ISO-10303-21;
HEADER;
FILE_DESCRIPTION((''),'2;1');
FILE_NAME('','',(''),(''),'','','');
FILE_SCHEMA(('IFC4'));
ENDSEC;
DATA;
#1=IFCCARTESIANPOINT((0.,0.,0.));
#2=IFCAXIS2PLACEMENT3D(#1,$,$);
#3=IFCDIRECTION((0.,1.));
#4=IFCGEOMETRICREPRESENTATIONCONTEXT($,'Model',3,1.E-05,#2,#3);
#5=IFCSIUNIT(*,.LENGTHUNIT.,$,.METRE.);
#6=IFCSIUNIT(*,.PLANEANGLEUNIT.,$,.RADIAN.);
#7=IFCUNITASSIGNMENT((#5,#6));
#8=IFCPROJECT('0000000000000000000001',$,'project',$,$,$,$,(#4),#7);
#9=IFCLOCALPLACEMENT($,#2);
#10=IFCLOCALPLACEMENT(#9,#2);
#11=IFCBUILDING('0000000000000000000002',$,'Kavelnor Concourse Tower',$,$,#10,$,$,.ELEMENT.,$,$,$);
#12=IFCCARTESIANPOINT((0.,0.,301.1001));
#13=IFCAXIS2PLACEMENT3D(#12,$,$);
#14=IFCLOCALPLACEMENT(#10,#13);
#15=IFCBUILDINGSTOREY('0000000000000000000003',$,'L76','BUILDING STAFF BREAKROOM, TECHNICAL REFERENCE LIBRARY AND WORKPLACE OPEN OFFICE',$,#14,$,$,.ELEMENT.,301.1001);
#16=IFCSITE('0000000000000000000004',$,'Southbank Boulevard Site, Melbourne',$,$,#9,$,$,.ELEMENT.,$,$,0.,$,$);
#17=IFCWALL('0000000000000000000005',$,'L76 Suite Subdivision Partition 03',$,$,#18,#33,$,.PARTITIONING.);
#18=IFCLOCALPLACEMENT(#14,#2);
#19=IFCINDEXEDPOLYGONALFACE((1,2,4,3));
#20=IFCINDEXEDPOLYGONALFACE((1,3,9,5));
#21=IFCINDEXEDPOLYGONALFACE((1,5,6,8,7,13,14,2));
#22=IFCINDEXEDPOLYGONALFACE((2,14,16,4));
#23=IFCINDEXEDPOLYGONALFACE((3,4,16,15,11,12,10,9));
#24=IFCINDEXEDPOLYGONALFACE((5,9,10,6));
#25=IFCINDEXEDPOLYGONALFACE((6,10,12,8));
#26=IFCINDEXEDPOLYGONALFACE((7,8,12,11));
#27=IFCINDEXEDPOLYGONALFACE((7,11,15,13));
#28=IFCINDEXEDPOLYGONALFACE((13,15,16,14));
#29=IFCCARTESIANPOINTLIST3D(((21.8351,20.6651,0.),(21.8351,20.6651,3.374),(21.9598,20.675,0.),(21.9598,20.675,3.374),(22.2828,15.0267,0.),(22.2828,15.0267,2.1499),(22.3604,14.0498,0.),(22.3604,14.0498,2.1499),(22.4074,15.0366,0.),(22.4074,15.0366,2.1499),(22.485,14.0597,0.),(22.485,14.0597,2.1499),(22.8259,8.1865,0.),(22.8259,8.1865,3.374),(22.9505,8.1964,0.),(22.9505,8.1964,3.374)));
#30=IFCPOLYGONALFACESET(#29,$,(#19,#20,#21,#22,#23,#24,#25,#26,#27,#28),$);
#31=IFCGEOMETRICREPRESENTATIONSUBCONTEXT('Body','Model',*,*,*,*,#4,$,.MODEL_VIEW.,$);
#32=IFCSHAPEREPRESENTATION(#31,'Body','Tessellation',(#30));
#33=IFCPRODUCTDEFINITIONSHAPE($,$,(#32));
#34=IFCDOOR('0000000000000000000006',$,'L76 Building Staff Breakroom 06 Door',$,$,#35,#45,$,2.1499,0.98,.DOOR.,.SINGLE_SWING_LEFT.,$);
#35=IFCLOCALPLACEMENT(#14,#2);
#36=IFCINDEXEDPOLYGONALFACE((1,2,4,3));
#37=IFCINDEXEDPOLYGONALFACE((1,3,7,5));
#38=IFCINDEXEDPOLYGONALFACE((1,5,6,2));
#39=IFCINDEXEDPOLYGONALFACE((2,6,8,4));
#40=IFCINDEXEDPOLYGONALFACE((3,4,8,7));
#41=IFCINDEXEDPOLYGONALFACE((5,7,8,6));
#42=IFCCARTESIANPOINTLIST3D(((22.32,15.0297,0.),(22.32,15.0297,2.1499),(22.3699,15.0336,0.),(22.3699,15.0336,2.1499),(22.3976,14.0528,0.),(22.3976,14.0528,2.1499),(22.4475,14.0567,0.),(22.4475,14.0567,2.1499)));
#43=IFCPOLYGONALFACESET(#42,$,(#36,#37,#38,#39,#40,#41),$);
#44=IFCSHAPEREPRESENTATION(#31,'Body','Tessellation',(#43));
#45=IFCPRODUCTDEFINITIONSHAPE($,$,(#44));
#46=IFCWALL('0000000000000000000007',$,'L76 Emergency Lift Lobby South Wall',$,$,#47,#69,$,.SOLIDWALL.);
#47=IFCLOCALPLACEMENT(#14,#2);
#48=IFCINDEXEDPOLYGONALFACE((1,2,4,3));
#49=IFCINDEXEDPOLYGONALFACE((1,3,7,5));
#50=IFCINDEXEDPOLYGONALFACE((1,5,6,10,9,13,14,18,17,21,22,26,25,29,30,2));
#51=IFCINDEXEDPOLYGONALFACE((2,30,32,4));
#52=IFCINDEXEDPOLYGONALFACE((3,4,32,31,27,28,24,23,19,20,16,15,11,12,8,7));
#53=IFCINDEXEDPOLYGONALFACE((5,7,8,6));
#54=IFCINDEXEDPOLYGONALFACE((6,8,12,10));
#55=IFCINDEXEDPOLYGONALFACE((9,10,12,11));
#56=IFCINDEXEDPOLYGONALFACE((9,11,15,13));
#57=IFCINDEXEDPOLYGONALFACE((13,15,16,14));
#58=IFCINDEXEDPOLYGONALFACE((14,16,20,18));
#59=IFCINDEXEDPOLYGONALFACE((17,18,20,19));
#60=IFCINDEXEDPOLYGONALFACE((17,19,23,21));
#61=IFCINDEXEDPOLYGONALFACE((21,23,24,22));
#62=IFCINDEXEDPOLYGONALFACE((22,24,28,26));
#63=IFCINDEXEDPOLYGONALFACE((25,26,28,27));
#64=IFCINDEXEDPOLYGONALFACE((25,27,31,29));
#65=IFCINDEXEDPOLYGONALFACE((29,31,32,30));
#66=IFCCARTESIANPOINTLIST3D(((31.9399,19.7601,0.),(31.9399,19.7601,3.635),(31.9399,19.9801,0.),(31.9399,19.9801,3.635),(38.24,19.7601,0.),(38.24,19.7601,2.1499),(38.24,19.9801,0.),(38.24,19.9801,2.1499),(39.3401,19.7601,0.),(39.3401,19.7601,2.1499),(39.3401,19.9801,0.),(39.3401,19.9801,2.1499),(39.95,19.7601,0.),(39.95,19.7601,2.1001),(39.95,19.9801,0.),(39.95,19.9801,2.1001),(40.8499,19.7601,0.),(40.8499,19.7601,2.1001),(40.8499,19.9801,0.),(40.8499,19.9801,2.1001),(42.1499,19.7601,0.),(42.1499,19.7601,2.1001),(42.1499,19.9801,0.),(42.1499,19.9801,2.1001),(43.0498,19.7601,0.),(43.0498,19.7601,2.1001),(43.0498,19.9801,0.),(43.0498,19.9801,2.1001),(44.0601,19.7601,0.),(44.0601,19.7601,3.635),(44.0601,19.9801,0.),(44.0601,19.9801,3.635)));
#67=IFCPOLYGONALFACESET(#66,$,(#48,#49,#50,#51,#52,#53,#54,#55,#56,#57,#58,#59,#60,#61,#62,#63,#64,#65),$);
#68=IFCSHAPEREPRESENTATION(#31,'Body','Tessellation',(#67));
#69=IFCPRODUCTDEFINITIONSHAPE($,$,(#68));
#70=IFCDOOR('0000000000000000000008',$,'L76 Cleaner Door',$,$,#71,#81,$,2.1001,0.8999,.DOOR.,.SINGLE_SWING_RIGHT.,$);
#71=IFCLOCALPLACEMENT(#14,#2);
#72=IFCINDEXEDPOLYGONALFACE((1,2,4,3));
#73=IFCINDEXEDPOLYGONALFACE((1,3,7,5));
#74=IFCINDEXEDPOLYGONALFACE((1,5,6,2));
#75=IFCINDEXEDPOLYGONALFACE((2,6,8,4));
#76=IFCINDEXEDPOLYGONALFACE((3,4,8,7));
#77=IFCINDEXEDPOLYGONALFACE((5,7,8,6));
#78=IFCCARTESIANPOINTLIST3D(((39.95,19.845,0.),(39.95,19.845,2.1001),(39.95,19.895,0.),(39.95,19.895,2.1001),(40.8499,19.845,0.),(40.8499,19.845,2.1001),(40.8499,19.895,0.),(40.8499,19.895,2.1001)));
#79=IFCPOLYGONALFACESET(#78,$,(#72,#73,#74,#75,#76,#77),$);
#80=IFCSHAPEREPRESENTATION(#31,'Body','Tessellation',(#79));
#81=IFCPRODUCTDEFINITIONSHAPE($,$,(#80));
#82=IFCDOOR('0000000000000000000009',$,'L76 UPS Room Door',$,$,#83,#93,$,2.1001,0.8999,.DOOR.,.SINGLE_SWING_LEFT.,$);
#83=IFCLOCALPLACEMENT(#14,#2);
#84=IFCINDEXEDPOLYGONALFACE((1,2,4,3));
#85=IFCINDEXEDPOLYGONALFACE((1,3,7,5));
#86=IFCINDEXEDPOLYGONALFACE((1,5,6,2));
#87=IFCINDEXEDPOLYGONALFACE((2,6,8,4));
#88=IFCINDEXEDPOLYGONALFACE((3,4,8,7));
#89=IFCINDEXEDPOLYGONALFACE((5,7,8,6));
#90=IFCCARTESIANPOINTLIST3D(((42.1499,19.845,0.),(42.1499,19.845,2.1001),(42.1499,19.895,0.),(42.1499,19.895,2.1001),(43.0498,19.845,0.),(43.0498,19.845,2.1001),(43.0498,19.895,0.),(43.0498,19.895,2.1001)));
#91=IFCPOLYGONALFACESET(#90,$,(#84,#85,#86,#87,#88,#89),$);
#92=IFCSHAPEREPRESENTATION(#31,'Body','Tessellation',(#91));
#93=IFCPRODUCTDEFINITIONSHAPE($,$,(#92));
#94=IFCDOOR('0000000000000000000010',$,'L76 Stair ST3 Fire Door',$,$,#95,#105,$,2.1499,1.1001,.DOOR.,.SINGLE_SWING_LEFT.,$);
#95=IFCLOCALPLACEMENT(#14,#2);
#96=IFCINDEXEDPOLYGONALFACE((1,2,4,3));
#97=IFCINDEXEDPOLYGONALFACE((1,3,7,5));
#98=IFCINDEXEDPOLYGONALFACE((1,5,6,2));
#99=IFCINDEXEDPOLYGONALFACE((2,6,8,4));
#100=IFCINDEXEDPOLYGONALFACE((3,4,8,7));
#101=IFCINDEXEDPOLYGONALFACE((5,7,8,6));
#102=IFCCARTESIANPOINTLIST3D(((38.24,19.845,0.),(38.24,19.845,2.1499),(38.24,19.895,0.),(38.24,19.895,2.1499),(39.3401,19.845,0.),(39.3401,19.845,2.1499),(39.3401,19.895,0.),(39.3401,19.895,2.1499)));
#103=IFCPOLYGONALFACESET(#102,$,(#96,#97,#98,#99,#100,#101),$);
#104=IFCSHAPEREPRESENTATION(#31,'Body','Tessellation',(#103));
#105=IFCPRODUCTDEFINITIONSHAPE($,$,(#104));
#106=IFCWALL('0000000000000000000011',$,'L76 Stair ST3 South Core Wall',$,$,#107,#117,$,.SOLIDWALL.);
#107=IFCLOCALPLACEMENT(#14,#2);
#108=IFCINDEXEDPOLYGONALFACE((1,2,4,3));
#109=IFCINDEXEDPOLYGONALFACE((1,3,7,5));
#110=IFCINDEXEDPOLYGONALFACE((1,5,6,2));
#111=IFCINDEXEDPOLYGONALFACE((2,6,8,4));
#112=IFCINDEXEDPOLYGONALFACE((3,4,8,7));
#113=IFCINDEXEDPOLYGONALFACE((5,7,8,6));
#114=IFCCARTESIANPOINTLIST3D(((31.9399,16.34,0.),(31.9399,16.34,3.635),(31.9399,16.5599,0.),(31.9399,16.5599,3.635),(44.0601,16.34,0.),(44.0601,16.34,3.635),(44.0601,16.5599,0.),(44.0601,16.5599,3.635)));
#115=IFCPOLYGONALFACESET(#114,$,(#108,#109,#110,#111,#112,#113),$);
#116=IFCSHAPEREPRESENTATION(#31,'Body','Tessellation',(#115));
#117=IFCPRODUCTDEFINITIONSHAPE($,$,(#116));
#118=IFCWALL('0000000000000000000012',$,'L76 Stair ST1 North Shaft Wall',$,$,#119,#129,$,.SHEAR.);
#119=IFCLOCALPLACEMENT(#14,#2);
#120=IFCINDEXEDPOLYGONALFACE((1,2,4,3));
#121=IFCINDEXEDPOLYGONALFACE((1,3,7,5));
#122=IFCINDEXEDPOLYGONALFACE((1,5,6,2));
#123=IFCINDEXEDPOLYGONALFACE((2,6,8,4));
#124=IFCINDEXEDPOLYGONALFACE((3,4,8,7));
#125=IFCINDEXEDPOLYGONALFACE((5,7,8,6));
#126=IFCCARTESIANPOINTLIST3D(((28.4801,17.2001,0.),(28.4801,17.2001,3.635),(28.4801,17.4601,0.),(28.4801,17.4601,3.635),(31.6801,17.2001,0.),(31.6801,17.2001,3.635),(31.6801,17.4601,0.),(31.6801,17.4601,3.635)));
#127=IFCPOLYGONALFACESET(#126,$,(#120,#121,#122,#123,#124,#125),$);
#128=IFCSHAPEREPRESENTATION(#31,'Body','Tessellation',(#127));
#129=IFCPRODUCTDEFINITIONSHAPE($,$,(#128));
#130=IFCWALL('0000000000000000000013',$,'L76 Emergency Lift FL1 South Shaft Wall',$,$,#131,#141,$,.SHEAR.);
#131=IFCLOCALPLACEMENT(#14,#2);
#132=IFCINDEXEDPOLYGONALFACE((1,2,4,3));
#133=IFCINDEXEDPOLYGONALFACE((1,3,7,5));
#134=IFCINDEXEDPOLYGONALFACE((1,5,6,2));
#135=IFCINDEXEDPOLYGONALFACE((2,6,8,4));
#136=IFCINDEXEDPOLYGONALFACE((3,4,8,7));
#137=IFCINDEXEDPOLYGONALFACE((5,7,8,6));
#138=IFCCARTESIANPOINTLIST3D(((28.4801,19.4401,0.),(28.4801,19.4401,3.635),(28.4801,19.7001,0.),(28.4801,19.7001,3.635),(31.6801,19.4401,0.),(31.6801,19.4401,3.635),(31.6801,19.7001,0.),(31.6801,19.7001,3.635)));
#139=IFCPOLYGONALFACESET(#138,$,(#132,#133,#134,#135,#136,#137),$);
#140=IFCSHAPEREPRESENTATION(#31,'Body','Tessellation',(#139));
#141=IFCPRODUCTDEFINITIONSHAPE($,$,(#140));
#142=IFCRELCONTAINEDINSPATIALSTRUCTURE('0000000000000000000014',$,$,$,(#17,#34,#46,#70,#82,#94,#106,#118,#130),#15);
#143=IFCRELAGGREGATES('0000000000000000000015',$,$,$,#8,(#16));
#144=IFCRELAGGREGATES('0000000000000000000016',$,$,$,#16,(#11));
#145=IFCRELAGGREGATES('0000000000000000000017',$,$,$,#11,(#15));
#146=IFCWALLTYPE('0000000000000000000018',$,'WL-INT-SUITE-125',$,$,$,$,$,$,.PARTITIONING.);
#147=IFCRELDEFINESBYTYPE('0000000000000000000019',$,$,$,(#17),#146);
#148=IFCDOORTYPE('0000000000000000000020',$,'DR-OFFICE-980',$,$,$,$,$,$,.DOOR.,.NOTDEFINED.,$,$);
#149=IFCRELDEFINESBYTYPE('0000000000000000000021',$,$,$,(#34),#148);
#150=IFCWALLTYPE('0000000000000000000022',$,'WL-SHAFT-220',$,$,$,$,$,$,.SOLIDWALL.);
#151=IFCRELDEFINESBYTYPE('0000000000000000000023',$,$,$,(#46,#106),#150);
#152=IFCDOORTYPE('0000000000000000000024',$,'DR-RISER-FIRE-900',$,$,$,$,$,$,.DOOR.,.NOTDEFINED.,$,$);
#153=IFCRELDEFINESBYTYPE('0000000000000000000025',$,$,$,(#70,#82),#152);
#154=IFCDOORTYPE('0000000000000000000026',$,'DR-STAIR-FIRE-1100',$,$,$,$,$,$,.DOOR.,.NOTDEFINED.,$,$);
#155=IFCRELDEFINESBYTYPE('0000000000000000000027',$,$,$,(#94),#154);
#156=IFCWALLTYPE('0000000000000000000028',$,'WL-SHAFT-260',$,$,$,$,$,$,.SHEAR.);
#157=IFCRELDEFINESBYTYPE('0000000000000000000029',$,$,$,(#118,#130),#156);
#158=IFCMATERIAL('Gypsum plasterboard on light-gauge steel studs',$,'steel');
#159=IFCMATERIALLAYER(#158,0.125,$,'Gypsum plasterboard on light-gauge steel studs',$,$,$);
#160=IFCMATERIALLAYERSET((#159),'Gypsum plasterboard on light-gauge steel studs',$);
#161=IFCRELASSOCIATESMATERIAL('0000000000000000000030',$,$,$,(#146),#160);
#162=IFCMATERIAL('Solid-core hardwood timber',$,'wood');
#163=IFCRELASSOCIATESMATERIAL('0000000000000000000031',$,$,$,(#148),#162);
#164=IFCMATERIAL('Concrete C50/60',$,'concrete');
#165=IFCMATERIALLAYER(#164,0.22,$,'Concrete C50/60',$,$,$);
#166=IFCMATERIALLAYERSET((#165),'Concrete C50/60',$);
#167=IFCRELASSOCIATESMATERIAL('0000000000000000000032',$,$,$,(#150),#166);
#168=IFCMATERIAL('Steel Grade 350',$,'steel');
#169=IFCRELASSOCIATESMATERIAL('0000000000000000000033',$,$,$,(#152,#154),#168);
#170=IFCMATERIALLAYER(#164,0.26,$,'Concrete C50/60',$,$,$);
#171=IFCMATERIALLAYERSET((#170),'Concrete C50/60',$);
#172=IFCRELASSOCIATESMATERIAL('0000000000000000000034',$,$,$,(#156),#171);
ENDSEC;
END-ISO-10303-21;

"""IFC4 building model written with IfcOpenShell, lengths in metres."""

from ifc_helpers import new_model, si_unit, direction, frame, frame_2d, origin, place, context, subcontext, project, spatial, rectangle, extrude, material, layer, layer_set, type_object, element, fill, save


model = new_model("IFC4")

# Units and contexts
model_context = context("Model", 3, precision=1e-05, world=origin(), true_north=direction((0.0, 1.0)))
body_context = subcontext(model_context, "Body", "Model", "MODEL_VIEW")
ifc_project = project(units=[si_unit("LENGTHUNIT", "METRE"), si_unit("PLANEANGLEUNIT", "RADIAN")], contexts=[model_context])

# Site, building, storey
site_placement = place(None, origin())
site = spatial("IfcSite", under=ifc_project, at=site_placement, Name="Southbank Boulevard Site, Melbourne", CompositionType="ELEMENT", RefElevation=0.0)
building_placement = place(site_placement, origin())
building = spatial("IfcBuilding", under=site, at=building_placement, Name="Kavelnor Concourse Tower", CompositionType="ELEMENT")
storey_placement = place(building_placement, frame((0.0, 0.0, 301.1001)))
storey = spatial("IfcBuildingStorey", under=building, at=storey_placement, Name="L76", Description="BUILDING STAFF BREAKROOM, TECHNICAL REFERENCE LIBRARY AND WORKPLACE OPEN OFFICE", CompositionType="ELEMENT", Elevation=301.1001)

# Shared definitions
ifc_material_1 = material(Name="Steel Grade 350", Category="steel")

# Shared definitions
ifc_material_2 = material(Name="Concrete C50/60", Category="concrete")

# Shared definitions
ifc_material_3 = material(Name="Gypsum plasterboard on light-gauge steel studs", Category="steel")

# Wall, opening, door
ifc_layer_1 = layer(ifc_material_3, 0.125, Name="Gypsum plasterboard on light-gauge steel studs")
ifc_layer_set_1 = layer_set([ifc_layer_1], Name="Gypsum plasterboard on light-gauge steel studs")
wall_type_1 = type_object("IfcWallType", Name="WL-INT-SUITE-125", PredefinedType="PARTITIONING", material=ifc_layer_set_1)
wall_1_placement = place(storey_placement, frame((21.8975, 20.6699, 0.0), z_axis=(0.0, 0.0, 1.0), x_axis=(0.079145, -0.996863, 0.0)))
wall_1 = element("IfcWall", 1, at=wall_1_placement, inside=storey, type_object=wall_type_1, Name="L76 Suite Subdivision Partition 03", PredefinedType="PARTITIONING", context=body_context, shape_type="SweptSolid", body=[
    extrude(rectangle(XDim=12.5178, YDim=0.125, at=frame_2d((6.2588, 0.0))), origin(), (0.0, 0.0, 1.0), 3.374),
])
opening_1_placement = place(wall_1_placement, frame((5.656, 0.0, 0.0)))
opening_1 = element("IfcOpeningElement", 2, at=opening_1_placement, cuts=wall_1, PredefinedType="OPENING", context=body_context, shape_type="SweptSolid", body=[
    extrude(rectangle(XDim=0.98, YDim=2.1499, at=frame_2d((0.49, 1.075))), frame((0.0, 0.0725, 0.0), z_axis=(0.0, -1.0, 0.0), x_axis=(1.0, 0.0, 0.0)), (0.0, 0.0, 1.0), 0.145),
])
ifc_material_4 = material(Name="Solid-core hardwood timber", Category="wood")
door_type_1 = type_object("IfcDoorType", Name="DR-OFFICE-980", OperationType="NOTDEFINED", PredefinedType="DOOR", material=ifc_material_4)
door_1_placement = place(opening_1_placement, origin())
door_1 = element("IfcDoor", 3, at=door_1_placement, inside=storey, type_object=door_type_1, Name="L76 Building Staff Breakroom 06 Door", OperationType="SINGLE_SWING_LEFT", OverallHeight=2.1499, OverallWidth=0.98, PredefinedType="DOOR", context=body_context, shape_type="SweptSolid", body=[
    extrude(rectangle(XDim=0.98, YDim=2.1499, at=frame_2d((0.49, 1.075))), frame((0.0, 0.0249, 0.0), z_axis=(0.0, -1.0, 0.0), x_axis=(1.0, 0.0, 0.0)), (0.0, 0.0, 1.0), 0.05),
])
fill(opening_1, door_1)

# Wall, openings, doors
ifc_layer_2 = layer(ifc_material_2, 0.22, Name="Concrete C50/60")
ifc_layer_set_2 = layer_set([ifc_layer_2], Name="Concrete C50/60")
wall_type_2 = type_object("IfcWallType", Name="WL-SHAFT-220", PredefinedType="SOLIDWALL", material=ifc_layer_set_2)
wall_2_placement = place(storey_placement, frame((31.9399, 19.8701, 0.0), z_axis=(0.0, 0.0, 1.0), x_axis=(1.0, 0.0, 0.0)))
wall_2 = element("IfcWall", 4, at=wall_2_placement, inside=storey, type_object=wall_type_2, Name="L76 Emergency Lift Lobby South Wall", PredefinedType="SOLIDWALL", context=body_context, shape_type="SweptSolid", body=[
    extrude(rectangle(XDim=12.1201, YDim=0.22, at=frame_2d((6.0601, 0.0))), origin(), (0.0, 0.0, 1.0), 3.635),
])
opening_2_placement = place(wall_2_placement, frame((6.3, 0.0, 0.0)))
opening_2 = element("IfcOpeningElement", 5, at=opening_2_placement, cuts=wall_2, PredefinedType="OPENING", context=body_context, shape_type="SweptSolid", body=[
    extrude(rectangle(XDim=1.1001, YDim=2.1499, at=frame_2d((0.55, 1.075))), frame((0.0, 0.1201, 0.0), z_axis=(0.0, -1.0, 0.0), x_axis=(1.0, 0.0, 0.0)), (0.0, 0.0, 1.0), 0.24),
])
opening_3_placement = place(wall_2_placement, frame((8.01, 0.0, 0.0)))
opening_3 = element("IfcOpeningElement", 6, at=opening_3_placement, cuts=wall_2, PredefinedType="OPENING", context=body_context, shape_type="SweptSolid", body=[
    extrude(rectangle(XDim=0.8999, YDim=2.1001, at=frame_2d((0.45, 1.05))), frame((0.0, 0.1201, 0.0), z_axis=(0.0, -1.0, 0.0), x_axis=(1.0, 0.0, 0.0)), (0.0, 0.0, 1.0), 0.24),
])
opening_4_placement = place(wall_2_placement, frame((10.21, 0.0, 0.0)))
opening_4 = element("IfcOpeningElement", 7, at=opening_4_placement, cuts=wall_2, PredefinedType="OPENING", context=body_context, shape_type="SweptSolid", body=[
    extrude(rectangle(XDim=0.8999, YDim=2.1001, at=frame_2d((0.45, 1.05))), frame((0.0, 0.1201, 0.0), z_axis=(0.0, -1.0, 0.0), x_axis=(1.0, 0.0, 0.0)), (0.0, 0.0, 1.0), 0.24),
])
door_type_2 = type_object("IfcDoorType", Name="DR-RISER-FIRE-900", OperationType="NOTDEFINED", PredefinedType="DOOR", material=ifc_material_1)
door_2_placement = place(opening_3_placement, origin())
door_2 = element("IfcDoor", 8, at=door_2_placement, inside=storey, type_object=door_type_2, Name="L76 Cleaner Door", OperationType="SINGLE_SWING_RIGHT", OverallHeight=2.1001, OverallWidth=0.8999, PredefinedType="DOOR", context=body_context, shape_type="SweptSolid", body=[
    extrude(rectangle(XDim=0.8999, YDim=2.1001, at=frame_2d((0.45, 1.05))), frame((0.0, 0.0249, 0.0), z_axis=(0.0, -1.0, 0.0), x_axis=(1.0, 0.0, 0.0)), (0.0, 0.0, 1.0), 0.05),
])
fill(opening_3, door_2)
door_3_placement = place(opening_4_placement, origin())
door_3 = element("IfcDoor", 9, at=door_3_placement, inside=storey, type_object=door_type_2, Name="L76 UPS Room Door", OperationType="SINGLE_SWING_LEFT", OverallHeight=2.1001, OverallWidth=0.8999, PredefinedType="DOOR", context=body_context, shape_type="SweptSolid", body=[
    extrude(rectangle(XDim=0.8999, YDim=2.1001, at=frame_2d((0.45, 1.05))), frame((0.0, 0.0249, 0.0), z_axis=(0.0, -1.0, 0.0), x_axis=(1.0, 0.0, 0.0)), (0.0, 0.0, 1.0), 0.05),
])
fill(opening_4, door_3)
door_type_3 = type_object("IfcDoorType", Name="DR-STAIR-FIRE-1100", OperationType="NOTDEFINED", PredefinedType="DOOR", material=ifc_material_1)
door_4_placement = place(opening_2_placement, origin())
door_4 = element("IfcDoor", 10, at=door_4_placement, inside=storey, type_object=door_type_3, Name="L76 Stair ST3 Fire Door", OperationType="SINGLE_SWING_LEFT", OverallHeight=2.1499, OverallWidth=1.1001, PredefinedType="DOOR", context=body_context, shape_type="SweptSolid", body=[
    extrude(rectangle(XDim=1.1001, YDim=2.1499, at=frame_2d((0.55, 1.075))), frame((0.0, 0.0249, 0.0), z_axis=(0.0, -1.0, 0.0), x_axis=(1.0, 0.0, 0.0)), (0.0, 0.0, 1.0), 0.05),
])
fill(opening_2, door_4)

# Walls
wall_3_placement = place(storey_placement, frame((31.9399, 16.45, 0.0), z_axis=(0.0, 0.0, 1.0), x_axis=(1.0, 0.0, 0.0)))
element("IfcWall", 11, at=wall_3_placement, inside=storey, type_object=wall_type_2, Name="L76 Stair ST3 South Core Wall", PredefinedType="SOLIDWALL", context=body_context, shape_type="SweptSolid", body=[
    extrude(rectangle(XDim=12.1201, YDim=0.22, at=frame_2d((6.0601, 0.0))), origin(), (0.0, 0.0, 1.0), 3.635),
])
ifc_layer_3 = layer(ifc_material_2, 0.26, Name="Concrete C50/60")
ifc_layer_set_3 = layer_set([ifc_layer_3], Name="Concrete C50/60")
wall_type_3 = type_object("IfcWallType", Name="WL-SHAFT-260", PredefinedType="SHEAR", material=ifc_layer_set_3)
for number, where, z_axis, x_axis, name in (
    (12, (28.48, 17.3301, 0.0), (0.0, 0.0, 1.0), (1.0, 0.0, 0.0), "L76 Stair ST1 North Shaft Wall"),
    (13, (28.48, 19.5701, 0.0), (0.0, 0.0, 1.0), (1.0, 0.0, 0.0), "L76 Emergency Lift FL1 South Shaft Wall"),
):
    element("IfcWall", number, at=place(storey_placement, frame(where, z_axis=z_axis, x_axis=x_axis)), inside=storey, type_object=wall_type_3, Name=name, PredefinedType="SHEAR", context=body_context, shape_type="SweptSolid", body=[
        extrude(rectangle(XDim=3.2, YDim=0.26, at=frame_2d((1.6001, 0.0))), origin(), (0.0, 0.0, 1.0), 3.635),
    ])

save(model, "model.ifc")
